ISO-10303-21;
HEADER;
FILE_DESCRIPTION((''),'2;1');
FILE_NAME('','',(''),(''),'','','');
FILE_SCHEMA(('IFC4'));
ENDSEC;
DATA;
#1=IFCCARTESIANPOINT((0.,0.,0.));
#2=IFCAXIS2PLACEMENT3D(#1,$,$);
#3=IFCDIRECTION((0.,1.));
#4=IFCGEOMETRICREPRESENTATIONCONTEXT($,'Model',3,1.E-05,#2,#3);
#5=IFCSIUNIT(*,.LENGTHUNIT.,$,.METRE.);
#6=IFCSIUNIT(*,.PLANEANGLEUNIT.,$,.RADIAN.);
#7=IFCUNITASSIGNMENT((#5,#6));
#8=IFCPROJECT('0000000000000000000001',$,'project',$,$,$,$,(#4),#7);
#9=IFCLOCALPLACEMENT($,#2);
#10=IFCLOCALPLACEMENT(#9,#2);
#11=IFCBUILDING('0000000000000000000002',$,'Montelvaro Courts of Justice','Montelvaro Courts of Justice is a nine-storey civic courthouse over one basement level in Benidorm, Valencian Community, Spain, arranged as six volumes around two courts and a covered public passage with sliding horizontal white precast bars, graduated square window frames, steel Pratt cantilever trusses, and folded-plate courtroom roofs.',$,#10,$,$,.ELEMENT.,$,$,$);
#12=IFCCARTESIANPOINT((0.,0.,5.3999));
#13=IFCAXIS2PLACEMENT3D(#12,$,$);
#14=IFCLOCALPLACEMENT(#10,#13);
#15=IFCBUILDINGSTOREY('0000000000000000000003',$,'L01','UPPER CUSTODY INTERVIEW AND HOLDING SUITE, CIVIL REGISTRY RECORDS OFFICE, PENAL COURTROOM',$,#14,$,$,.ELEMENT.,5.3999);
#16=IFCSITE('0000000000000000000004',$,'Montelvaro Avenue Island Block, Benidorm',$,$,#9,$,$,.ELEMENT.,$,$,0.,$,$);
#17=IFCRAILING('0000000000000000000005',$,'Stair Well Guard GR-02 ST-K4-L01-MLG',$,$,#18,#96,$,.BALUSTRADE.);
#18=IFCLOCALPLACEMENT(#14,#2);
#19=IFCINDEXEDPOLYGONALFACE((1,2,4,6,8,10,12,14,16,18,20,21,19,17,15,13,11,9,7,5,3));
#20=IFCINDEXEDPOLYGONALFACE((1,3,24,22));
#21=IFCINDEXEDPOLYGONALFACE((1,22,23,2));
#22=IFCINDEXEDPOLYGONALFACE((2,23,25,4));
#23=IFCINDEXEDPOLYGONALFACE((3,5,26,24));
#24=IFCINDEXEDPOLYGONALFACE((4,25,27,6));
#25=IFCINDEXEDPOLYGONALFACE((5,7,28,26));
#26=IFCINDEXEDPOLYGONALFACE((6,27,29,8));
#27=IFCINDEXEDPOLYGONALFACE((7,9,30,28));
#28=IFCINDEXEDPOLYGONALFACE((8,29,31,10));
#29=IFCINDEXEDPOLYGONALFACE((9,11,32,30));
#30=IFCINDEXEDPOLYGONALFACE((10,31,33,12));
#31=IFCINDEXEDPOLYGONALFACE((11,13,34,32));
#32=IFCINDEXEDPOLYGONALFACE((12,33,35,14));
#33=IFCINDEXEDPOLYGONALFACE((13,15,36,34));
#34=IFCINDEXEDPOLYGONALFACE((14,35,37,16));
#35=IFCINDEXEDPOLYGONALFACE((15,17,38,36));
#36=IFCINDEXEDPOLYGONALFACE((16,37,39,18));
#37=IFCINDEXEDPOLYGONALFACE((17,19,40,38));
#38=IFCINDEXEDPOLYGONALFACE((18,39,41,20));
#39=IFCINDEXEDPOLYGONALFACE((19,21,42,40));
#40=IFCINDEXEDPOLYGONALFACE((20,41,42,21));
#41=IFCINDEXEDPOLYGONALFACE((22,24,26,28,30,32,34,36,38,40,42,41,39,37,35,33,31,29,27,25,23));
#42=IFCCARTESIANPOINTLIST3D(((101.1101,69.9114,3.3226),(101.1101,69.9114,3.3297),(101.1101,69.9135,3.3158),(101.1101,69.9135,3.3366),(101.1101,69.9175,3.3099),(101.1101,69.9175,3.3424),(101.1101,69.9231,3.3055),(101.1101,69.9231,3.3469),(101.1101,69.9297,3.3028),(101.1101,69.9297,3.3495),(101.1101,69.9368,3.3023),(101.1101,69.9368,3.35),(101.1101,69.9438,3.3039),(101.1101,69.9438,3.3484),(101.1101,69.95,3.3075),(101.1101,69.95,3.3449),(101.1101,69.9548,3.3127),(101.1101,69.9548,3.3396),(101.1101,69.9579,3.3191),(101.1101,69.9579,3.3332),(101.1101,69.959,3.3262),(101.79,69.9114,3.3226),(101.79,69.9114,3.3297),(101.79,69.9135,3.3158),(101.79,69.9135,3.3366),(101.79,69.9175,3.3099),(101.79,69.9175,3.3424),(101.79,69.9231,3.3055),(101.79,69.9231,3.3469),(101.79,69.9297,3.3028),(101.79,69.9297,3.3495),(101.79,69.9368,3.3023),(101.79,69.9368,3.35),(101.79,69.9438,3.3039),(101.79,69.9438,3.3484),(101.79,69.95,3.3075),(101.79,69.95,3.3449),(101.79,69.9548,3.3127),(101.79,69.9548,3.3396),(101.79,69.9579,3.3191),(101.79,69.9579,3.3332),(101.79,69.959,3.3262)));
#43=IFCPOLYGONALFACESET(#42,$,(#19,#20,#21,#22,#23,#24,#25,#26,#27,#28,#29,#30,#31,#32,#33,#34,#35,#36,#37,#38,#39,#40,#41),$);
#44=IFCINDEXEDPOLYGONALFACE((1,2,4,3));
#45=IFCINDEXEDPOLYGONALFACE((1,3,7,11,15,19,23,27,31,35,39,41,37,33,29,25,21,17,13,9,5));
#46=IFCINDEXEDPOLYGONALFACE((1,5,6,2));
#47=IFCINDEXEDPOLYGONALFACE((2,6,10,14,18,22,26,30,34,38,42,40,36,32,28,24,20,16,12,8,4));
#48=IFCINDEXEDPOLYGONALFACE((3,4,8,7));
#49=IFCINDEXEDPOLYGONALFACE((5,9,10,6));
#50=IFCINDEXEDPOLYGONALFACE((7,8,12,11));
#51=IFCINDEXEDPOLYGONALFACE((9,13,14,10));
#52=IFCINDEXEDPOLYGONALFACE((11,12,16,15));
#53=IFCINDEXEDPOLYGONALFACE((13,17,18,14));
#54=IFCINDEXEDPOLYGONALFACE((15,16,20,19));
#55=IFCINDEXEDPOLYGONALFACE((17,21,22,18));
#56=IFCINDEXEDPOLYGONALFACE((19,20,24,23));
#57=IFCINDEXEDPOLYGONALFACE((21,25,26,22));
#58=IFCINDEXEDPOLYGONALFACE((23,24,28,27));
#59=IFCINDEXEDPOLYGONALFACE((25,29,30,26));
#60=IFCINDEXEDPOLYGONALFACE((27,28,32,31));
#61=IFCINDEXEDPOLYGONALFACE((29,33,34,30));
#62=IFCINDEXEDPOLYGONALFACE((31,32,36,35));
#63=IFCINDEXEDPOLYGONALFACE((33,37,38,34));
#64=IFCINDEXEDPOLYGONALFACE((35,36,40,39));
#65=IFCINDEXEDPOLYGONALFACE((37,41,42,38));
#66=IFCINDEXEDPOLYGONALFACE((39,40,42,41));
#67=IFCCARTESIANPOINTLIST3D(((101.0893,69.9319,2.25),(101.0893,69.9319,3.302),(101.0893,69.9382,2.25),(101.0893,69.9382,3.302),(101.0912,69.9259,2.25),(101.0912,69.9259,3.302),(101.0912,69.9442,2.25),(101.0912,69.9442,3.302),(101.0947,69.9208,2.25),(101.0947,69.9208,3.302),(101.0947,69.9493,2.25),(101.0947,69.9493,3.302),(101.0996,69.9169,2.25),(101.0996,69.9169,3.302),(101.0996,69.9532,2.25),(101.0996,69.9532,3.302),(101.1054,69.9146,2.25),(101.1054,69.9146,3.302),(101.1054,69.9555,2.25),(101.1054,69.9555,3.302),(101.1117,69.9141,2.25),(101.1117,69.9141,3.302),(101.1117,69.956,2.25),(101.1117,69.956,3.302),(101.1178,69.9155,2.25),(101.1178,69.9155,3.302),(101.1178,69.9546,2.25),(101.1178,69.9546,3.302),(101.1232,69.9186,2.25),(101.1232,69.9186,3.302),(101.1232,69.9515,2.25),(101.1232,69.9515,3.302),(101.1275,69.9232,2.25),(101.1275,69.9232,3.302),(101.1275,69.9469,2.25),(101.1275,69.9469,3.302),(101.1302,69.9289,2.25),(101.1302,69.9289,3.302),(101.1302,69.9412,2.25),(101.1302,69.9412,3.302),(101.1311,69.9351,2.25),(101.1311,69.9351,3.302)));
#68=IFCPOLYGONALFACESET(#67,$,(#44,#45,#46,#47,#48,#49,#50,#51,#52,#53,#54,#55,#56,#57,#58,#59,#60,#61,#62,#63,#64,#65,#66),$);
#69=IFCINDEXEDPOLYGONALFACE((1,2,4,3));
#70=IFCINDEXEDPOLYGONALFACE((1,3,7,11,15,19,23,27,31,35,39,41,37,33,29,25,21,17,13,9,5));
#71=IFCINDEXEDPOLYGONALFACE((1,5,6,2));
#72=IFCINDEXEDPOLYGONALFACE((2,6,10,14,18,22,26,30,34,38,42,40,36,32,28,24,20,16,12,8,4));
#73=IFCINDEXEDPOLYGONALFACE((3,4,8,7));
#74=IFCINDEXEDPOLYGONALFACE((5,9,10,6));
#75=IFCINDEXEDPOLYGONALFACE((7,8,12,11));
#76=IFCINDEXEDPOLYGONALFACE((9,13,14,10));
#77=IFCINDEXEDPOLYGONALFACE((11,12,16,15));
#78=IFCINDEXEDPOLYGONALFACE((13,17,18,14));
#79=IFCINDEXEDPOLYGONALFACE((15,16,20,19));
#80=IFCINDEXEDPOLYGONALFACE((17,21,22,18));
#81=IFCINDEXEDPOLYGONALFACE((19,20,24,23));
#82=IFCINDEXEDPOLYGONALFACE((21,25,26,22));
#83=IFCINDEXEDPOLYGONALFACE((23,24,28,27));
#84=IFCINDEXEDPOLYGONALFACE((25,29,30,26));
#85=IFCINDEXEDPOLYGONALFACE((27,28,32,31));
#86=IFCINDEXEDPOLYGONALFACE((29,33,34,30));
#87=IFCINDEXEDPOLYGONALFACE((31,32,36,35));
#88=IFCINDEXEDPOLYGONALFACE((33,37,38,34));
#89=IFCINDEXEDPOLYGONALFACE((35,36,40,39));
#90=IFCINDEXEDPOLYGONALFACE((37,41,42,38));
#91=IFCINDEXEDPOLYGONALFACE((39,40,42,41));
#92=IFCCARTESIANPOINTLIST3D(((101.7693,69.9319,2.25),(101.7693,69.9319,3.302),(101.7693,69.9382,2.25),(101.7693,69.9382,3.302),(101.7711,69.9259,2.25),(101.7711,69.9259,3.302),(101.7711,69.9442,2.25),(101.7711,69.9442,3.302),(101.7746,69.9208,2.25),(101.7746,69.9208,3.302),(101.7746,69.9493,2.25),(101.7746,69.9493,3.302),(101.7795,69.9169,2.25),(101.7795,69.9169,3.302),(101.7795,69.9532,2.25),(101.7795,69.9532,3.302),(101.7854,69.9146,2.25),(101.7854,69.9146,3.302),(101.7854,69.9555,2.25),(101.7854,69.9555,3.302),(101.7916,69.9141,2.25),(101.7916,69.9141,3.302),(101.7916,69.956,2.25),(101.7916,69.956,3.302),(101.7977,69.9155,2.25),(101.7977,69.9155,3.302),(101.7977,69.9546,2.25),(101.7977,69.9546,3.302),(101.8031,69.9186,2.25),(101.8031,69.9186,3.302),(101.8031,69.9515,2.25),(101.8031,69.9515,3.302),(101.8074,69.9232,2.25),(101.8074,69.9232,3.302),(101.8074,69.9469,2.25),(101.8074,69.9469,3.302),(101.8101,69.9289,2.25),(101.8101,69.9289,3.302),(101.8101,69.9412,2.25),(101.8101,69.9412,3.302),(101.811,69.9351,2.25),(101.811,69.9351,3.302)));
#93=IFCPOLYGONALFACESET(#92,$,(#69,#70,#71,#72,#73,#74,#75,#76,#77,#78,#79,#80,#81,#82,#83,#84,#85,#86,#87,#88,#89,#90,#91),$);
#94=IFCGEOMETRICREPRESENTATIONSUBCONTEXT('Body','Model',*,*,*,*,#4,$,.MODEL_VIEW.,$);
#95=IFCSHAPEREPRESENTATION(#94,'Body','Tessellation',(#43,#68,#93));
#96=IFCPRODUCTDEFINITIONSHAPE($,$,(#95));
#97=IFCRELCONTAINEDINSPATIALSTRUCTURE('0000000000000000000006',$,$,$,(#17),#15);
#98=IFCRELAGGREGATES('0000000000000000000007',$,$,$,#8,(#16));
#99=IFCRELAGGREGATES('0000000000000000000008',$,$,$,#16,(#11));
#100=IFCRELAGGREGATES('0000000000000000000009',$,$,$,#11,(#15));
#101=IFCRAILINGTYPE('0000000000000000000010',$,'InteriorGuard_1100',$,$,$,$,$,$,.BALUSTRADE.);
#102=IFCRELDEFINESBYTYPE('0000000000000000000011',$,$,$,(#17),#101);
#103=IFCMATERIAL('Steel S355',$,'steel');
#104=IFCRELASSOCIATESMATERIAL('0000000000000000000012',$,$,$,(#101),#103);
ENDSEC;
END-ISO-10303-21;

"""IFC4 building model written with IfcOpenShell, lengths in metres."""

from ifc_helpers import new_model, si_unit, direction, frame, origin, origin_2d, place, context, subcontext, project, spatial, circle, extrude, material, type_object, element, save


model = new_model("IFC4")

# Units and contexts
model_context = context("Model", 3, precision=1e-05, world=origin(), true_north=direction((0.0, 1.0)))
body_context = subcontext(model_context, "Body", "Model", "MODEL_VIEW")
ifc_project = project(units=[si_unit("LENGTHUNIT", "METRE"), si_unit("PLANEANGLEUNIT", "RADIAN")], contexts=[model_context])

# Site, building, storey
site_placement = place(None, origin())
site = spatial("IfcSite", under=ifc_project, at=site_placement, Name="Montelvaro Avenue Island Block, Benidorm", CompositionType="ELEMENT", RefElevation=0.0)
building_placement = place(site_placement, origin())
building = spatial("IfcBuilding", under=site, at=building_placement, Name="Montelvaro Courts of Justice", Description="Montelvaro Courts of Justice is a nine-storey civic courthouse over one basement level in Benidorm, Valencian Community, Spain, arranged as six volumes around two courts and a covered public passage with sliding horizontal white precast bars, graduated square window frames, steel Pratt cantilever trusses, and folded-plate courtroom roofs.", CompositionType="ELEMENT")
storey_placement = place(building_placement, frame((0.0, 0.0, 5.3999)))
storey = spatial("IfcBuildingStorey", under=building, at=storey_placement, Name="L01", Description="UPPER CUSTODY INTERVIEW AND HOLDING SUITE, CIVIL REGISTRY RECORDS OFFICE, PENAL COURTROOM", CompositionType="ELEMENT", Elevation=5.3999)

# Railing
ifc_material_1 = material(Name="Steel S355", Category="steel")
railing_type_1 = type_object("IfcRailingType", Name="InteriorGuard_1100", PredefinedType="BALUSTRADE", material=ifc_material_1)
railing_1_placement = place(storey_placement, frame((101.1101, 69.9351, 2.25)))
element("IfcRailing", 1, at=railing_1_placement, inside=storey, type_object=railing_type_1, Name="Stair Well Guard GR-02 ST-K4-L01-MLG", PredefinedType="BALUSTRADE", context=body_context, shape_type="SweptSolid", body=[
    extrude(circle(Radius=0.0239, at=origin_2d()), frame((0.0, 0.0, 1.0762), z_axis=(1.0, 0.0, 0.0), x_axis=(0.0, 1.0, 0.0)), (0.0, 0.0, 1.0), 0.6799),
    extrude(circle(Radius=0.021, at=origin_2d()), origin(), (0.0, 0.0, 1.0), 1.052),
    extrude(circle(Radius=0.021, at=origin_2d()), frame((0.6799, 0.0, 0.0)), (0.0, 0.0, 1.0), 1.052),
])

save(model, "model.ifc")
